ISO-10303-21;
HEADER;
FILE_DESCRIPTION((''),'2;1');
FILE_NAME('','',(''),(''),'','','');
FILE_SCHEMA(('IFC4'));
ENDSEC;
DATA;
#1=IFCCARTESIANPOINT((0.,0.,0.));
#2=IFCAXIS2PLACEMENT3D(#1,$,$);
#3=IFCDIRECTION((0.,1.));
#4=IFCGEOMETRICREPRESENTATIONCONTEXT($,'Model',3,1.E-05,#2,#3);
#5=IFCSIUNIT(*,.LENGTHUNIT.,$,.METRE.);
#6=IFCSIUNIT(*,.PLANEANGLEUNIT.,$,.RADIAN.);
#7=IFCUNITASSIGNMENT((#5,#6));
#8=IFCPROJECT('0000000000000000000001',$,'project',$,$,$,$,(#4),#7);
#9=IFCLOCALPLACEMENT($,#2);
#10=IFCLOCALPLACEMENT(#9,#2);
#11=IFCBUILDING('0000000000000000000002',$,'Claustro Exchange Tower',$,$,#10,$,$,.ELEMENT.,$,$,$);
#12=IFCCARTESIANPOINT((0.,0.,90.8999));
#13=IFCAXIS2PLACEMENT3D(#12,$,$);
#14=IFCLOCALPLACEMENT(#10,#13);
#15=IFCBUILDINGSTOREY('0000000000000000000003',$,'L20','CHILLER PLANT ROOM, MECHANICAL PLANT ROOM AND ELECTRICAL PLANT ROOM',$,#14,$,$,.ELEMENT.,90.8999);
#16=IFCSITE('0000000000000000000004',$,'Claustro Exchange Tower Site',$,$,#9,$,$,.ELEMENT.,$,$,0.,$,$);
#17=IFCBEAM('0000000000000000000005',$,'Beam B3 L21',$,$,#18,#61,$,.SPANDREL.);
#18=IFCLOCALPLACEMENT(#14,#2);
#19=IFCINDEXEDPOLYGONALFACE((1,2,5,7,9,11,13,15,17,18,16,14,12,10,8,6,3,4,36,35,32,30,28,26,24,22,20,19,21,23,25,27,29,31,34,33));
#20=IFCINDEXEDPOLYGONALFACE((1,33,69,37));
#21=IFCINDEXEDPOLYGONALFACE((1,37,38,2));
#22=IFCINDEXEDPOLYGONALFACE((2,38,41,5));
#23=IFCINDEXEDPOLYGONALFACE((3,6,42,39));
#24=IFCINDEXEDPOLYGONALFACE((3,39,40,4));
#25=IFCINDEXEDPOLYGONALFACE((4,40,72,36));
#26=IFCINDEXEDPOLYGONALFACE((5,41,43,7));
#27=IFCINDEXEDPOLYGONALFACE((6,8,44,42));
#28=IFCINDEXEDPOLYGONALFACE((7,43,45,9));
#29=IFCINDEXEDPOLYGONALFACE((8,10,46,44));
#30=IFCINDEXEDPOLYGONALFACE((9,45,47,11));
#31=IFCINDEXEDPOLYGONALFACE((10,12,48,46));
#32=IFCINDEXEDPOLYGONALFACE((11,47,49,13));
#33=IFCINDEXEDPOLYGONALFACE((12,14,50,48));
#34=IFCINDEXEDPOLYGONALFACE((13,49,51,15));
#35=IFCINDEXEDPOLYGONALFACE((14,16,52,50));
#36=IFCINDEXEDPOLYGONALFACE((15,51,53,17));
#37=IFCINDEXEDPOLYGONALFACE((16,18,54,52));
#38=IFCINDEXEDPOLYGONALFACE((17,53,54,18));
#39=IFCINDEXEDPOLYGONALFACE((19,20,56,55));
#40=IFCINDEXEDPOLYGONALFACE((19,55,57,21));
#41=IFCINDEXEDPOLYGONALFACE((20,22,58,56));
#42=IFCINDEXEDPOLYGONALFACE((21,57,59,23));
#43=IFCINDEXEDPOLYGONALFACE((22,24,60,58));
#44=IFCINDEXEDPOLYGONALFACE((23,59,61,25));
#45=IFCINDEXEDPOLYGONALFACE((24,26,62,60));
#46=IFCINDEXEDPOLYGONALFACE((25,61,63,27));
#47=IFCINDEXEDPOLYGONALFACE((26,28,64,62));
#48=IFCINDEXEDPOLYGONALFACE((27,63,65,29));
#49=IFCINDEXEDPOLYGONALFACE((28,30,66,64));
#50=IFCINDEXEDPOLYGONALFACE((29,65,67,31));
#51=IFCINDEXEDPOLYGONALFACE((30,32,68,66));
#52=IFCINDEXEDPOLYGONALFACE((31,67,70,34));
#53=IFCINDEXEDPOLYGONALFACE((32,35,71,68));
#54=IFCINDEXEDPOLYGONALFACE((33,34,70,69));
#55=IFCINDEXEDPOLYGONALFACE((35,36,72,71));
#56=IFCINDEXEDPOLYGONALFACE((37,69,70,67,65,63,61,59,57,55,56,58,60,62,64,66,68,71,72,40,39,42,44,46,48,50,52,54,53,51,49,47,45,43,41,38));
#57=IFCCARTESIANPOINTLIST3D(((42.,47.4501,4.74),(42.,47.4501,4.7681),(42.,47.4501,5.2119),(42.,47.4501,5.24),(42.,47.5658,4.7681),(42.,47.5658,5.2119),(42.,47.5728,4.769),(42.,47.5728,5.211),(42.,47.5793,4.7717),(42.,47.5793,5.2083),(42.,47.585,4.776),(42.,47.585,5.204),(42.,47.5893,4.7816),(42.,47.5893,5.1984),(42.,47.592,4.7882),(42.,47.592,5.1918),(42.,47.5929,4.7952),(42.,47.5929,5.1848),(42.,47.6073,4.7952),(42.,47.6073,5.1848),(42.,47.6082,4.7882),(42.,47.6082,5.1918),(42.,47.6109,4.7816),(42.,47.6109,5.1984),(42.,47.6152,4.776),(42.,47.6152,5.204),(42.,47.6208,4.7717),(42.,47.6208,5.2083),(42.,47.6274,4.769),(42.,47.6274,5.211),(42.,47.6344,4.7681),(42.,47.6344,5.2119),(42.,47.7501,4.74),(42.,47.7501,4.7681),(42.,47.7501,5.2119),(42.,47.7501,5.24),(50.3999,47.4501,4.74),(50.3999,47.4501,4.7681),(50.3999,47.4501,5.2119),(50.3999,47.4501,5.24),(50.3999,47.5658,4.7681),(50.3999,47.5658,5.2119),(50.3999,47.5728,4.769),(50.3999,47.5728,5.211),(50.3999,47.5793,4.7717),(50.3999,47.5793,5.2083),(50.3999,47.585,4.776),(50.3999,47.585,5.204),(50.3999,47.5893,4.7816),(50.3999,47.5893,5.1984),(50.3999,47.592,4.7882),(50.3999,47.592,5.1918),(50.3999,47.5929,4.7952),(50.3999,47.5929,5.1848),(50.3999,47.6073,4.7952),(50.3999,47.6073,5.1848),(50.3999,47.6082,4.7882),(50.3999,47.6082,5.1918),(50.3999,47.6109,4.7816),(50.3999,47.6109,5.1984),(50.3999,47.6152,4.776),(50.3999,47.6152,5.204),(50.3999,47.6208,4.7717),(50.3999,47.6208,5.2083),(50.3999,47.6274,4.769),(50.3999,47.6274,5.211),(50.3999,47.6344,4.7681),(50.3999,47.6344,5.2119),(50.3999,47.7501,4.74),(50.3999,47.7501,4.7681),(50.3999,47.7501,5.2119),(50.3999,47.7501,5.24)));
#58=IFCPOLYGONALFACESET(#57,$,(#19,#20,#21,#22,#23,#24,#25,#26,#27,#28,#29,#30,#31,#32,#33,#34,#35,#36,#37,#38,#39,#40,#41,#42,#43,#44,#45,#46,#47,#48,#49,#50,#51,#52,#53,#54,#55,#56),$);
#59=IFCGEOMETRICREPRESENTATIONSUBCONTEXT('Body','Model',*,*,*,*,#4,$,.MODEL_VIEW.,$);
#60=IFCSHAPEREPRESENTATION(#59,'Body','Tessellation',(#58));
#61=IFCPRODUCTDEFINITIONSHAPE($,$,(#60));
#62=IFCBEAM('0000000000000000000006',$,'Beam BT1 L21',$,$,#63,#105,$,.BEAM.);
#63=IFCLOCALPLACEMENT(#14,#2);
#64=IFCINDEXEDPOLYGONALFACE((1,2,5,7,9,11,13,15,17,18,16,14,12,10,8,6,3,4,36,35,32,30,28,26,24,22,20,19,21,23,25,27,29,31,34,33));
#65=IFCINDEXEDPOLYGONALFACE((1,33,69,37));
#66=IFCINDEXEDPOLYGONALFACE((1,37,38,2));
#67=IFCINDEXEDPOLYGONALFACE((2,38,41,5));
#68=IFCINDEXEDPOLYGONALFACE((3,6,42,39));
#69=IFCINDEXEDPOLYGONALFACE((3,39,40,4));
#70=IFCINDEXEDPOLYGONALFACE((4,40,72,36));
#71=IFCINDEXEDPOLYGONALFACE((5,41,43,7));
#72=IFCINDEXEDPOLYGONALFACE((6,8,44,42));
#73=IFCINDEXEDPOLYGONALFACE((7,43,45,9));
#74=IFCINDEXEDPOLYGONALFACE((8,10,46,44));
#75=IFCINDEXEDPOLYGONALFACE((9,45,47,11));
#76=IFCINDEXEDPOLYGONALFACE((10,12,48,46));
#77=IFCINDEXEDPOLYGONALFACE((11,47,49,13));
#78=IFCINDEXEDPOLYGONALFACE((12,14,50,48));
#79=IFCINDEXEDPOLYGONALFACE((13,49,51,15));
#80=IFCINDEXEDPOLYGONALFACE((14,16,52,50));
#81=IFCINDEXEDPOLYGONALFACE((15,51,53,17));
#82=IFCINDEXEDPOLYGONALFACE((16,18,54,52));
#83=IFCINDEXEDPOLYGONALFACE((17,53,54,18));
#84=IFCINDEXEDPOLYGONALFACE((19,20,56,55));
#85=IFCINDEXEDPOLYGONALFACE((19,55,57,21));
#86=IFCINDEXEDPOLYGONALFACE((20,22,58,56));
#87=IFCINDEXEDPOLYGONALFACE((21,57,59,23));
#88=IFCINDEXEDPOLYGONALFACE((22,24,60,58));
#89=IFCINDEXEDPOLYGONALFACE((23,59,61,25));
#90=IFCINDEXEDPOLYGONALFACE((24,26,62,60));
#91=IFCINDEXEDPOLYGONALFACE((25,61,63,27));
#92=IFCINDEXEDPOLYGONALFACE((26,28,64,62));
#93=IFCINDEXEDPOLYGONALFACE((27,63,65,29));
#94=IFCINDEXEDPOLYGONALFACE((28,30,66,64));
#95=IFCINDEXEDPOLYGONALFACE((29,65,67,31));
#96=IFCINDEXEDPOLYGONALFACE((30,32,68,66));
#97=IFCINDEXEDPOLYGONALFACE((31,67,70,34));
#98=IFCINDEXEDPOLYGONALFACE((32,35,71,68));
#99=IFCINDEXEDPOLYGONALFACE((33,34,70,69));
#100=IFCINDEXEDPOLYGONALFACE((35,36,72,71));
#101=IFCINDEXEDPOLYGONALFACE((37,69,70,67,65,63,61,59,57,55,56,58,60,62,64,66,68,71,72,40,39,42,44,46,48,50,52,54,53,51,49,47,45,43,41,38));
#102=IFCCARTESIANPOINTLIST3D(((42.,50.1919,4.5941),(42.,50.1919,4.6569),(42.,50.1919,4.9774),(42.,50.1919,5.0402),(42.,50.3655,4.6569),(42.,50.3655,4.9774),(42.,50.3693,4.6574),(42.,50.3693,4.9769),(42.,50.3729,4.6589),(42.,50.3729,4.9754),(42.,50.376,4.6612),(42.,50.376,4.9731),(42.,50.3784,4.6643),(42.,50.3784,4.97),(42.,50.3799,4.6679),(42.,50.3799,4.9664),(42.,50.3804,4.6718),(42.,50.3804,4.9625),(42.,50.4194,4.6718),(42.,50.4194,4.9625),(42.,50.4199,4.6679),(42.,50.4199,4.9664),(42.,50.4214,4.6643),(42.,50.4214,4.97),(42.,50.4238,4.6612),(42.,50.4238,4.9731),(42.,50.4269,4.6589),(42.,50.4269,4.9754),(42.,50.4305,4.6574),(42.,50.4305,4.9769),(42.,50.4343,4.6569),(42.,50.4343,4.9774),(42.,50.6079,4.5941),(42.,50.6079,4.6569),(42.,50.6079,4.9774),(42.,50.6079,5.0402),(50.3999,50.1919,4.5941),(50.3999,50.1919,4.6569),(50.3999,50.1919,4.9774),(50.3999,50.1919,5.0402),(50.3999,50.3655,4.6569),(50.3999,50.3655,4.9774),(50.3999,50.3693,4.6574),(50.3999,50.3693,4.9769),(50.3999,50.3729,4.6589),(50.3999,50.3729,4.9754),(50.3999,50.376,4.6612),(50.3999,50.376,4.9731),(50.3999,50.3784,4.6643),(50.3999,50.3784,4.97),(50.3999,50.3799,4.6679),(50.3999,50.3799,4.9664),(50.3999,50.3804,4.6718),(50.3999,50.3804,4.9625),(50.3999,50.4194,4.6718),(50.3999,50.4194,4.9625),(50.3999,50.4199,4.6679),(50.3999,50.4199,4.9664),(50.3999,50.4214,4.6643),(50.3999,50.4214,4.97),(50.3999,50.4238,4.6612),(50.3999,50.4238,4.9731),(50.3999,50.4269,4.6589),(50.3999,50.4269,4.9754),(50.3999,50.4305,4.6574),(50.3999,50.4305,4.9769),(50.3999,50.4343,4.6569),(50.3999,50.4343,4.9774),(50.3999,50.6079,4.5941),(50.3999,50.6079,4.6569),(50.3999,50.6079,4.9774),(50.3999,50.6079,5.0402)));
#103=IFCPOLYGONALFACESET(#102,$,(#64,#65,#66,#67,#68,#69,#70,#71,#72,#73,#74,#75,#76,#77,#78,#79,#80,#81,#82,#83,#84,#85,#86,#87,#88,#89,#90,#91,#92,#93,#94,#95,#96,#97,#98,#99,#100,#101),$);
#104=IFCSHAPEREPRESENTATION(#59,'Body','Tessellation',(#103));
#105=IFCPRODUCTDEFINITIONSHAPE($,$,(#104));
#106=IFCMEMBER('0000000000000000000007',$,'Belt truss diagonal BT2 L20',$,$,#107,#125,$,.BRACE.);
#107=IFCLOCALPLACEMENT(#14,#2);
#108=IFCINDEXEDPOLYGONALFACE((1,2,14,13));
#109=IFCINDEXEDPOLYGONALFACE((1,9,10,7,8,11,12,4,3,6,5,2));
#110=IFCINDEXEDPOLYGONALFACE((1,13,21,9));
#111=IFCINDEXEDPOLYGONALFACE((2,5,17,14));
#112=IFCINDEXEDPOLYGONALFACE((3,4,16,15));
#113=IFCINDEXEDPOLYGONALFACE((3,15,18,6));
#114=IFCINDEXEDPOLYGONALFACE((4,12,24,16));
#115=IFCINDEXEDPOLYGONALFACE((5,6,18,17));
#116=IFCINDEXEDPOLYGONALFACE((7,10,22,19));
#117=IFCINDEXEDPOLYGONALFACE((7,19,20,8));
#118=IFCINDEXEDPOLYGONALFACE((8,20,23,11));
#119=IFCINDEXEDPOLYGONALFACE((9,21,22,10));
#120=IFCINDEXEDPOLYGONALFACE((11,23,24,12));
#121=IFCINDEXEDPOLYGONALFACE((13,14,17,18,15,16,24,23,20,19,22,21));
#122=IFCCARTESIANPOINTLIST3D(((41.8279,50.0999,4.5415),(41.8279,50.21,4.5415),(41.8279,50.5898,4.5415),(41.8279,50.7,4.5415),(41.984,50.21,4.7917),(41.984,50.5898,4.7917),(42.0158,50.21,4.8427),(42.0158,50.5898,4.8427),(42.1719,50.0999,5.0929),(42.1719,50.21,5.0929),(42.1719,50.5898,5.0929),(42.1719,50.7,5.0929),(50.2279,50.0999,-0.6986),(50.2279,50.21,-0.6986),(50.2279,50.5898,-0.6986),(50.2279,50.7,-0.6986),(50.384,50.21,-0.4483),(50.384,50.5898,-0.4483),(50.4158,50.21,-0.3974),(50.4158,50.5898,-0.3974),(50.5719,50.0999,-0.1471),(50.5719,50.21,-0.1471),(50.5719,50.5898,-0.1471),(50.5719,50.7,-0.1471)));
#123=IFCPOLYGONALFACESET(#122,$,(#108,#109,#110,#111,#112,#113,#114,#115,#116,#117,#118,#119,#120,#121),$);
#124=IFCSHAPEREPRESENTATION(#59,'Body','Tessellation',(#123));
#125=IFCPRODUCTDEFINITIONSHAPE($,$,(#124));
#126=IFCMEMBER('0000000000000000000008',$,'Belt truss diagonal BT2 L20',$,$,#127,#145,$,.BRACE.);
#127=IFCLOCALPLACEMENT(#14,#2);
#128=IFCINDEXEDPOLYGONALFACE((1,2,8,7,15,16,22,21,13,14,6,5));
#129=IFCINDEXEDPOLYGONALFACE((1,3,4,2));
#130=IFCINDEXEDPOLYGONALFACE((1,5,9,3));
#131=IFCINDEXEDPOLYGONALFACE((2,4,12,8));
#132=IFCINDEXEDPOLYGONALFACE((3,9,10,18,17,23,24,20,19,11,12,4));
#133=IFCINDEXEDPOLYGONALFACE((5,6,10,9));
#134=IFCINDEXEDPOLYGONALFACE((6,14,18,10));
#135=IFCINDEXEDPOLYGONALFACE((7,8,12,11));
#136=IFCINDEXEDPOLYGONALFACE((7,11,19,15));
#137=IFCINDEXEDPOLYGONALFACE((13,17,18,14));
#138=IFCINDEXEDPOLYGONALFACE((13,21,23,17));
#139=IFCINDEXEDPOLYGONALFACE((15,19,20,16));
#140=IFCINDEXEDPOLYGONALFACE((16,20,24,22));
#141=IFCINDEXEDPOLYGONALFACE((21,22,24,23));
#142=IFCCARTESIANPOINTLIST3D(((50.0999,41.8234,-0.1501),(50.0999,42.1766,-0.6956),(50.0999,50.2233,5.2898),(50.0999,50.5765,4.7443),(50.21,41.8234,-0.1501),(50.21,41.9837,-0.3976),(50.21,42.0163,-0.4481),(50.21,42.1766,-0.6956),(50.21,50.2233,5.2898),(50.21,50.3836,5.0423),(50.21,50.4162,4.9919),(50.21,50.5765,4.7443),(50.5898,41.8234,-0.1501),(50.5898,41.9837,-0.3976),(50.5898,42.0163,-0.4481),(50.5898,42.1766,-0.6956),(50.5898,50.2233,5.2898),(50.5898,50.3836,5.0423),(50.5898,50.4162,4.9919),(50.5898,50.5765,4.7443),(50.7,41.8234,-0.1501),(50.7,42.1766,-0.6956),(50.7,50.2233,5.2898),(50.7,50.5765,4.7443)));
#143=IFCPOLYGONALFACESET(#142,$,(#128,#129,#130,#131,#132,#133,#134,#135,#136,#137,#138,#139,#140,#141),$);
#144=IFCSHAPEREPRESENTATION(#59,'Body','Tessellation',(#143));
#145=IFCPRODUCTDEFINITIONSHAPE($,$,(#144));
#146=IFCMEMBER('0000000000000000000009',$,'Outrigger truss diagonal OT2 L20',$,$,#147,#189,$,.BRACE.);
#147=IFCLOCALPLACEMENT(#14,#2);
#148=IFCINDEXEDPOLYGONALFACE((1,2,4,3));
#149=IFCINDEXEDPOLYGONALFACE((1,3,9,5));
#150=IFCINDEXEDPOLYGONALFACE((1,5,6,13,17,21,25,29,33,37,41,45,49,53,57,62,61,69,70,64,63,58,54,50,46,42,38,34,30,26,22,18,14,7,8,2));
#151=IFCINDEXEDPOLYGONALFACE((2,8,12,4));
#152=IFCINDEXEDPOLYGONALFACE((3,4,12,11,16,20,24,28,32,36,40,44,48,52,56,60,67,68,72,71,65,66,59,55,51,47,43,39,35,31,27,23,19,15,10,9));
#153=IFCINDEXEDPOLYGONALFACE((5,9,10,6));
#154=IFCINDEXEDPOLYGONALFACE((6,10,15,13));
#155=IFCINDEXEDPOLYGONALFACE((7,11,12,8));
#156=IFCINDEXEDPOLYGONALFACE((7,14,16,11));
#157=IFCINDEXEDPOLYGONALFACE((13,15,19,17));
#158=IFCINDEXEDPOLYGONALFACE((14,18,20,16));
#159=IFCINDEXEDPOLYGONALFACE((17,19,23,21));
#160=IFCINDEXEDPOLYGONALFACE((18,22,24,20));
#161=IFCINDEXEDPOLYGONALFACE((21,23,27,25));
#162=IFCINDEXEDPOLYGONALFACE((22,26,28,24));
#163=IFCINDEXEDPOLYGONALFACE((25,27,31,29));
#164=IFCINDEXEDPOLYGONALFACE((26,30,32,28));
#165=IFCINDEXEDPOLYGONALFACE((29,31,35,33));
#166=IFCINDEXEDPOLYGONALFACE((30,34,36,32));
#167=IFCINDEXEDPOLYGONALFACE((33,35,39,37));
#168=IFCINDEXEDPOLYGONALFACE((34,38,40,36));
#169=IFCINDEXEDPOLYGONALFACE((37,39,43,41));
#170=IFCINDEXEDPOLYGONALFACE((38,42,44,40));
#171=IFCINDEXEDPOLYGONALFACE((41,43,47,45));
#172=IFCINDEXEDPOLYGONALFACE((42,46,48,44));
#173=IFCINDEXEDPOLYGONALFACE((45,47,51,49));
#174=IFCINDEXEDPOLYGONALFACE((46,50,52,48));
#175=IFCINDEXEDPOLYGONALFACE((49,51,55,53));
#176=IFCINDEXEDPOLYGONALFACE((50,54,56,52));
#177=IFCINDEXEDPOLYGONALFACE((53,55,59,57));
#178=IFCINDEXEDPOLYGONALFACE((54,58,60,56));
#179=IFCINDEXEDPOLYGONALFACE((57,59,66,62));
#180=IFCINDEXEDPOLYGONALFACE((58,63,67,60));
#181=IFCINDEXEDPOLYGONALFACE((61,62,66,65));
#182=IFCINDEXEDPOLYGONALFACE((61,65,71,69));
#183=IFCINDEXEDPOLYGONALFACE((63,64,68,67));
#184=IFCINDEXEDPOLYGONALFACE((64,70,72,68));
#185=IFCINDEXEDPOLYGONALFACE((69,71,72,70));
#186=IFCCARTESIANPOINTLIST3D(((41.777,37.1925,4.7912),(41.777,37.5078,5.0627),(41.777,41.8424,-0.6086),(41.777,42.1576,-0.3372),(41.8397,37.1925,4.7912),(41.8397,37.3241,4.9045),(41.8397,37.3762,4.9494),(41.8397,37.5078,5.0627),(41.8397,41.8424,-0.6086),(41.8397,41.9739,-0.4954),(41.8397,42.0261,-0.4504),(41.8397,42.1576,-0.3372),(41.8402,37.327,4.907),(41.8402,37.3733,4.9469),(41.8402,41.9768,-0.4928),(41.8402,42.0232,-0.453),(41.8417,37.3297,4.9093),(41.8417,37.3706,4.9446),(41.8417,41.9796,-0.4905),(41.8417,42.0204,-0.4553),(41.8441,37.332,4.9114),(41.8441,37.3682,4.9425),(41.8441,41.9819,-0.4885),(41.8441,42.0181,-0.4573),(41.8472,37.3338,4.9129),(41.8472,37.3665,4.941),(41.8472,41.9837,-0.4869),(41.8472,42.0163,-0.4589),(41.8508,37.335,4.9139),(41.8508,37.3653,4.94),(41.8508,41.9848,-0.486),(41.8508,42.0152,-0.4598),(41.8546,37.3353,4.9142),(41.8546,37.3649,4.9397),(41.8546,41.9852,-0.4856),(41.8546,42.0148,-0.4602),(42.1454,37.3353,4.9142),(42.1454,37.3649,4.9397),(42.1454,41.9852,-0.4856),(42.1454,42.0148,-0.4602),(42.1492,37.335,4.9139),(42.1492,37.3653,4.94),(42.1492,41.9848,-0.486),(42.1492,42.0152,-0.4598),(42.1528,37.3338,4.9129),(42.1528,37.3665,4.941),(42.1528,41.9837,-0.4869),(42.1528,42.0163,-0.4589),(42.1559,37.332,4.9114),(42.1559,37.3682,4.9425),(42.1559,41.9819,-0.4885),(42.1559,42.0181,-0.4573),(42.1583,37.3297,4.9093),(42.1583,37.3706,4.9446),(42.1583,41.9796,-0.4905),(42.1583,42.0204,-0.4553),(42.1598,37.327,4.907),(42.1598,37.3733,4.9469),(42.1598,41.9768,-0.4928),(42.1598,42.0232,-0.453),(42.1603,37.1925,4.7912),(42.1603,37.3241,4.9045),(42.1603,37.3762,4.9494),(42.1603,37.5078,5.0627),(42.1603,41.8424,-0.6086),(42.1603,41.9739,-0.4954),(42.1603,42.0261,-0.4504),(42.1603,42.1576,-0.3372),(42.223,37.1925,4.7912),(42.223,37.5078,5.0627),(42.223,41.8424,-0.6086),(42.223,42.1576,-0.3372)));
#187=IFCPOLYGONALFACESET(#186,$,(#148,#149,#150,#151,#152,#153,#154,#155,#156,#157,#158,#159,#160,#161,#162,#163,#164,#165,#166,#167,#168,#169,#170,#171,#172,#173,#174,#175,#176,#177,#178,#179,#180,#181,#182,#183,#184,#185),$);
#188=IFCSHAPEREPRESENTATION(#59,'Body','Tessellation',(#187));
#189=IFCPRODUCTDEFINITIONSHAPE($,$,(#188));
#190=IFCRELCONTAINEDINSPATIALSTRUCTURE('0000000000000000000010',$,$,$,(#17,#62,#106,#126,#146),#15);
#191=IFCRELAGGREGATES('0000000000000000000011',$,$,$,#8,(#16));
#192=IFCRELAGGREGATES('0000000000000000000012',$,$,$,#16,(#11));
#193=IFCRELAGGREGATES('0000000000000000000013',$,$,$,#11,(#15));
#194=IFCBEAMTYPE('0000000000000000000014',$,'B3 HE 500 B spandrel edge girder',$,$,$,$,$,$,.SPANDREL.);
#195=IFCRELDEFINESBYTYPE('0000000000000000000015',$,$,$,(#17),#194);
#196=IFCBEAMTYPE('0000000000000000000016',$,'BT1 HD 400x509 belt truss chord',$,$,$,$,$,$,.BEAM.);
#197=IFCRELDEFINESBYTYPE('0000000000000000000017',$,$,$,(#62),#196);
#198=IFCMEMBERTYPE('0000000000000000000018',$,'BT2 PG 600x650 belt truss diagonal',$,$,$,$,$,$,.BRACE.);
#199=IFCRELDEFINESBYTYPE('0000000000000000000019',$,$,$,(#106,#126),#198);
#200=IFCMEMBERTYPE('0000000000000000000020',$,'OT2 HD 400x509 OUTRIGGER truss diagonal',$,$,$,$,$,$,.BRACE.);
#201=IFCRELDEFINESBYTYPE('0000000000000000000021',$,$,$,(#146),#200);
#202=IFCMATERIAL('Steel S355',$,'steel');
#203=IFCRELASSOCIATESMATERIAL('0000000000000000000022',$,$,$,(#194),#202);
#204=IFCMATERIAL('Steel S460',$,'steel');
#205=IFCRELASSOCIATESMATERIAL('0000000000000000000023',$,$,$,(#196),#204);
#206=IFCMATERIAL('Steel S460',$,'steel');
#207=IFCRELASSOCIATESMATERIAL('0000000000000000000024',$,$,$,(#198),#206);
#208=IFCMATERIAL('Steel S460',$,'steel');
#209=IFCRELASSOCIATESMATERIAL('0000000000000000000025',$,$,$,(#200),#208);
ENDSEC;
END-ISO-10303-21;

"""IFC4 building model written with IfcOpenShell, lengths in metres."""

from ifc_helpers import new_model, si_unit, direction, frame, origin, origin_2d, place, context, subcontext, project, spatial, i_section, extrude, material, material_profile, profile_set, type_object, element, save


model = new_model("IFC4")

# Units and contexts
model_context = context("Model", 3, precision=1e-05, world=origin(), true_north=direction((0.0, 1.0)))
body_context = subcontext(model_context, "Body", "Model", "MODEL_VIEW")
ifc_project = project(units=[si_unit("LENGTHUNIT", "METRE"), si_unit("PLANEANGLEUNIT", "RADIAN")], contexts=[model_context])

# Site, building, storey
site_placement = place(None, origin())
site = spatial("IfcSite", under=ifc_project, at=site_placement, Name="Claustro Exchange Tower Site", CompositionType="ELEMENT", RefElevation=0.0)
building_placement = place(site_placement, origin())
building = spatial("IfcBuilding", under=site, at=building_placement, Name="Claustro Exchange Tower", CompositionType="ELEMENT")
storey_placement = place(building_placement, frame((0.0, 0.0, 90.8999)))
storey = spatial("IfcBuildingStorey", under=building, at=storey_placement, Name="L20", Description="CHILLER PLANT ROOM, MECHANICAL PLANT ROOM AND ELECTRICAL PLANT ROOM", CompositionType="ELEMENT", Elevation=90.8999)

# Beams
ifc_material_1 = material(Name="Steel S355", Category="steel")
ifc_material_profile_1 = material_profile(ifc_material_1, i_section(OverallWidth=0.3, OverallDepth=0.5, WebThickness=0.0144, FlangeThickness=0.0281, FilletRadius=0.0271, at=origin_2d()), Name="HE 500 B")
ifc_profile_set_1 = profile_set([ifc_material_profile_1], Name="Steel S355")
beam_type_1 = type_object("IfcBeamType", Name="B3 HE 500 B spandrel edge girder", PredefinedType="SPANDREL", material=ifc_profile_set_1)
beam_1_placement = place(storey_placement, frame((42.0, 47.6001, 4.99), z_axis=(1.0, 0.0, 0.0), x_axis=(0.0, 1.0, 0.0)))
element("IfcBeam", 1, at=beam_1_placement, inside=storey, type_object=beam_type_1, Name="Beam B3 L21", PredefinedType="SPANDREL", context=body_context, shape_type="SweptSolid", body=[
    extrude(i_section(OverallWidth=0.3, OverallDepth=0.5, WebThickness=0.0144, FlangeThickness=0.0281, FilletRadius=0.0271, at=origin_2d()), origin(), (0.0, 0.0, 1.0), 8.3999),
])
ifc_material_2 = material(Name="Steel S460", Category="steel")
ifc_material_profile_2 = material_profile(ifc_material_2, i_section(OverallWidth=0.416, OverallDepth=0.446, WebThickness=0.0391, FlangeThickness=0.0627, FilletRadius=0.0149, at=origin_2d()), Name="HD 400x509")
ifc_profile_set_2 = profile_set([ifc_material_profile_2], Name="Steel S460")
beam_type_2 = type_object("IfcBeamType", Name="BT1 HD 400x509 belt truss chord", PredefinedType="BEAM", material=ifc_profile_set_2)
beam_2_placement = place(storey_placement, frame((42.0, 50.3999, 4.8171), z_axis=(1.0, 0.0, 0.0), x_axis=(0.0, 1.0, 0.0)))
element("IfcBeam", 2, at=beam_2_placement, inside=storey, type_object=beam_type_2, Name="Beam BT1 L21", PredefinedType="BEAM", context=body_context, shape_type="SweptSolid", body=[
    extrude(i_section(OverallWidth=0.416, OverallDepth=0.446, WebThickness=0.0391, FlangeThickness=0.0627, FilletRadius=0.0149, at=origin_2d()), origin(), (0.0, 0.0, 1.0), 8.3999),
])

# Members
ifc_material_3 = material(Name="Steel S460", Category="steel")
ifc_material_profile_3 = material_profile(ifc_material_3, i_section(OverallWidth=0.6499, OverallDepth=0.6001, WebThickness=0.0601, FlangeThickness=0.1101, at=origin_2d()), Name="PG 600x650")
ifc_profile_set_3 = profile_set([ifc_material_profile_3], Name="Steel S460")
member_type_1 = type_object("IfcMemberType", Name="BT2 PG 600x650 belt truss diagonal", PredefinedType="BRACE", material=ifc_profile_set_3)
member_1_placement = place(storey_placement, frame((50.3999, 50.3999, -0.4229), z_axis=(-0.84845, 0.0, 0.529276), x_axis=(0.529276, 0.0, 0.84845)))
element("IfcMember", 3, at=member_1_placement, inside=storey, type_object=member_type_1, Name="Belt truss diagonal BT2 L20", PredefinedType="BRACE", context=body_context, shape_type="SweptSolid", body=[
    extrude(i_section(OverallWidth=0.6499, OverallDepth=0.6001, WebThickness=0.0601, FlangeThickness=0.1101, at=origin_2d()), origin(), (0.0, 0.0, 1.0), 9.9004),
])
member_2_placement = place(storey_placement, frame((50.3999, 42.0, -0.4229), z_axis=(0.0, 0.839355, 0.543583), x_axis=(0.0, -0.543583, 0.839355)))
element("IfcMember", 4, at=member_2_placement, inside=storey, type_object=member_type_1, Name="Belt truss diagonal BT2 L20", PredefinedType="BRACE", context=body_context, shape_type="SweptSolid", body=[
    extrude(i_section(OverallWidth=0.6499, OverallDepth=0.6001, WebThickness=0.0601, FlangeThickness=0.1101, at=origin_2d()), origin(), (0.0, 0.0, 1.0), 10.0076),
])
ifc_material_4 = material(Name="Steel S460", Category="steel")
ifc_material_profile_4 = material_profile(ifc_material_4, i_section(OverallWidth=0.416, OverallDepth=0.446, WebThickness=0.0391, FlangeThickness=0.0627, FilletRadius=0.0149, at=origin_2d()), Name="HD 400x509")
ifc_profile_set_4 = profile_set([ifc_material_profile_4], Name="Steel S460")
member_type_2 = type_object("IfcMemberType", Name="OT2 HD 400x509 OUTRIGGER truss diagonal", PredefinedType="BRACE", material=ifc_profile_set_4)
member_3_placement = place(storey_placement, frame((42.0, 42.0, -0.4729), z_axis=(0.0, -0.652522, 0.75777), x_axis=(0.0, 0.75777, 0.652522)))
element("IfcMember", 5, at=member_3_placement, inside=storey, type_object=member_type_2, Name="Outrigger truss diagonal OT2 L20", PredefinedType="BRACE", context=body_context, shape_type="SweptSolid", body=[
    extrude(i_section(OverallWidth=0.416, OverallDepth=0.446, WebThickness=0.0391, FlangeThickness=0.0627, FilletRadius=0.0149, at=origin_2d()), origin(), (0.0, 0.0, 1.0), 7.126),
])

save(model, "model.ifc")
